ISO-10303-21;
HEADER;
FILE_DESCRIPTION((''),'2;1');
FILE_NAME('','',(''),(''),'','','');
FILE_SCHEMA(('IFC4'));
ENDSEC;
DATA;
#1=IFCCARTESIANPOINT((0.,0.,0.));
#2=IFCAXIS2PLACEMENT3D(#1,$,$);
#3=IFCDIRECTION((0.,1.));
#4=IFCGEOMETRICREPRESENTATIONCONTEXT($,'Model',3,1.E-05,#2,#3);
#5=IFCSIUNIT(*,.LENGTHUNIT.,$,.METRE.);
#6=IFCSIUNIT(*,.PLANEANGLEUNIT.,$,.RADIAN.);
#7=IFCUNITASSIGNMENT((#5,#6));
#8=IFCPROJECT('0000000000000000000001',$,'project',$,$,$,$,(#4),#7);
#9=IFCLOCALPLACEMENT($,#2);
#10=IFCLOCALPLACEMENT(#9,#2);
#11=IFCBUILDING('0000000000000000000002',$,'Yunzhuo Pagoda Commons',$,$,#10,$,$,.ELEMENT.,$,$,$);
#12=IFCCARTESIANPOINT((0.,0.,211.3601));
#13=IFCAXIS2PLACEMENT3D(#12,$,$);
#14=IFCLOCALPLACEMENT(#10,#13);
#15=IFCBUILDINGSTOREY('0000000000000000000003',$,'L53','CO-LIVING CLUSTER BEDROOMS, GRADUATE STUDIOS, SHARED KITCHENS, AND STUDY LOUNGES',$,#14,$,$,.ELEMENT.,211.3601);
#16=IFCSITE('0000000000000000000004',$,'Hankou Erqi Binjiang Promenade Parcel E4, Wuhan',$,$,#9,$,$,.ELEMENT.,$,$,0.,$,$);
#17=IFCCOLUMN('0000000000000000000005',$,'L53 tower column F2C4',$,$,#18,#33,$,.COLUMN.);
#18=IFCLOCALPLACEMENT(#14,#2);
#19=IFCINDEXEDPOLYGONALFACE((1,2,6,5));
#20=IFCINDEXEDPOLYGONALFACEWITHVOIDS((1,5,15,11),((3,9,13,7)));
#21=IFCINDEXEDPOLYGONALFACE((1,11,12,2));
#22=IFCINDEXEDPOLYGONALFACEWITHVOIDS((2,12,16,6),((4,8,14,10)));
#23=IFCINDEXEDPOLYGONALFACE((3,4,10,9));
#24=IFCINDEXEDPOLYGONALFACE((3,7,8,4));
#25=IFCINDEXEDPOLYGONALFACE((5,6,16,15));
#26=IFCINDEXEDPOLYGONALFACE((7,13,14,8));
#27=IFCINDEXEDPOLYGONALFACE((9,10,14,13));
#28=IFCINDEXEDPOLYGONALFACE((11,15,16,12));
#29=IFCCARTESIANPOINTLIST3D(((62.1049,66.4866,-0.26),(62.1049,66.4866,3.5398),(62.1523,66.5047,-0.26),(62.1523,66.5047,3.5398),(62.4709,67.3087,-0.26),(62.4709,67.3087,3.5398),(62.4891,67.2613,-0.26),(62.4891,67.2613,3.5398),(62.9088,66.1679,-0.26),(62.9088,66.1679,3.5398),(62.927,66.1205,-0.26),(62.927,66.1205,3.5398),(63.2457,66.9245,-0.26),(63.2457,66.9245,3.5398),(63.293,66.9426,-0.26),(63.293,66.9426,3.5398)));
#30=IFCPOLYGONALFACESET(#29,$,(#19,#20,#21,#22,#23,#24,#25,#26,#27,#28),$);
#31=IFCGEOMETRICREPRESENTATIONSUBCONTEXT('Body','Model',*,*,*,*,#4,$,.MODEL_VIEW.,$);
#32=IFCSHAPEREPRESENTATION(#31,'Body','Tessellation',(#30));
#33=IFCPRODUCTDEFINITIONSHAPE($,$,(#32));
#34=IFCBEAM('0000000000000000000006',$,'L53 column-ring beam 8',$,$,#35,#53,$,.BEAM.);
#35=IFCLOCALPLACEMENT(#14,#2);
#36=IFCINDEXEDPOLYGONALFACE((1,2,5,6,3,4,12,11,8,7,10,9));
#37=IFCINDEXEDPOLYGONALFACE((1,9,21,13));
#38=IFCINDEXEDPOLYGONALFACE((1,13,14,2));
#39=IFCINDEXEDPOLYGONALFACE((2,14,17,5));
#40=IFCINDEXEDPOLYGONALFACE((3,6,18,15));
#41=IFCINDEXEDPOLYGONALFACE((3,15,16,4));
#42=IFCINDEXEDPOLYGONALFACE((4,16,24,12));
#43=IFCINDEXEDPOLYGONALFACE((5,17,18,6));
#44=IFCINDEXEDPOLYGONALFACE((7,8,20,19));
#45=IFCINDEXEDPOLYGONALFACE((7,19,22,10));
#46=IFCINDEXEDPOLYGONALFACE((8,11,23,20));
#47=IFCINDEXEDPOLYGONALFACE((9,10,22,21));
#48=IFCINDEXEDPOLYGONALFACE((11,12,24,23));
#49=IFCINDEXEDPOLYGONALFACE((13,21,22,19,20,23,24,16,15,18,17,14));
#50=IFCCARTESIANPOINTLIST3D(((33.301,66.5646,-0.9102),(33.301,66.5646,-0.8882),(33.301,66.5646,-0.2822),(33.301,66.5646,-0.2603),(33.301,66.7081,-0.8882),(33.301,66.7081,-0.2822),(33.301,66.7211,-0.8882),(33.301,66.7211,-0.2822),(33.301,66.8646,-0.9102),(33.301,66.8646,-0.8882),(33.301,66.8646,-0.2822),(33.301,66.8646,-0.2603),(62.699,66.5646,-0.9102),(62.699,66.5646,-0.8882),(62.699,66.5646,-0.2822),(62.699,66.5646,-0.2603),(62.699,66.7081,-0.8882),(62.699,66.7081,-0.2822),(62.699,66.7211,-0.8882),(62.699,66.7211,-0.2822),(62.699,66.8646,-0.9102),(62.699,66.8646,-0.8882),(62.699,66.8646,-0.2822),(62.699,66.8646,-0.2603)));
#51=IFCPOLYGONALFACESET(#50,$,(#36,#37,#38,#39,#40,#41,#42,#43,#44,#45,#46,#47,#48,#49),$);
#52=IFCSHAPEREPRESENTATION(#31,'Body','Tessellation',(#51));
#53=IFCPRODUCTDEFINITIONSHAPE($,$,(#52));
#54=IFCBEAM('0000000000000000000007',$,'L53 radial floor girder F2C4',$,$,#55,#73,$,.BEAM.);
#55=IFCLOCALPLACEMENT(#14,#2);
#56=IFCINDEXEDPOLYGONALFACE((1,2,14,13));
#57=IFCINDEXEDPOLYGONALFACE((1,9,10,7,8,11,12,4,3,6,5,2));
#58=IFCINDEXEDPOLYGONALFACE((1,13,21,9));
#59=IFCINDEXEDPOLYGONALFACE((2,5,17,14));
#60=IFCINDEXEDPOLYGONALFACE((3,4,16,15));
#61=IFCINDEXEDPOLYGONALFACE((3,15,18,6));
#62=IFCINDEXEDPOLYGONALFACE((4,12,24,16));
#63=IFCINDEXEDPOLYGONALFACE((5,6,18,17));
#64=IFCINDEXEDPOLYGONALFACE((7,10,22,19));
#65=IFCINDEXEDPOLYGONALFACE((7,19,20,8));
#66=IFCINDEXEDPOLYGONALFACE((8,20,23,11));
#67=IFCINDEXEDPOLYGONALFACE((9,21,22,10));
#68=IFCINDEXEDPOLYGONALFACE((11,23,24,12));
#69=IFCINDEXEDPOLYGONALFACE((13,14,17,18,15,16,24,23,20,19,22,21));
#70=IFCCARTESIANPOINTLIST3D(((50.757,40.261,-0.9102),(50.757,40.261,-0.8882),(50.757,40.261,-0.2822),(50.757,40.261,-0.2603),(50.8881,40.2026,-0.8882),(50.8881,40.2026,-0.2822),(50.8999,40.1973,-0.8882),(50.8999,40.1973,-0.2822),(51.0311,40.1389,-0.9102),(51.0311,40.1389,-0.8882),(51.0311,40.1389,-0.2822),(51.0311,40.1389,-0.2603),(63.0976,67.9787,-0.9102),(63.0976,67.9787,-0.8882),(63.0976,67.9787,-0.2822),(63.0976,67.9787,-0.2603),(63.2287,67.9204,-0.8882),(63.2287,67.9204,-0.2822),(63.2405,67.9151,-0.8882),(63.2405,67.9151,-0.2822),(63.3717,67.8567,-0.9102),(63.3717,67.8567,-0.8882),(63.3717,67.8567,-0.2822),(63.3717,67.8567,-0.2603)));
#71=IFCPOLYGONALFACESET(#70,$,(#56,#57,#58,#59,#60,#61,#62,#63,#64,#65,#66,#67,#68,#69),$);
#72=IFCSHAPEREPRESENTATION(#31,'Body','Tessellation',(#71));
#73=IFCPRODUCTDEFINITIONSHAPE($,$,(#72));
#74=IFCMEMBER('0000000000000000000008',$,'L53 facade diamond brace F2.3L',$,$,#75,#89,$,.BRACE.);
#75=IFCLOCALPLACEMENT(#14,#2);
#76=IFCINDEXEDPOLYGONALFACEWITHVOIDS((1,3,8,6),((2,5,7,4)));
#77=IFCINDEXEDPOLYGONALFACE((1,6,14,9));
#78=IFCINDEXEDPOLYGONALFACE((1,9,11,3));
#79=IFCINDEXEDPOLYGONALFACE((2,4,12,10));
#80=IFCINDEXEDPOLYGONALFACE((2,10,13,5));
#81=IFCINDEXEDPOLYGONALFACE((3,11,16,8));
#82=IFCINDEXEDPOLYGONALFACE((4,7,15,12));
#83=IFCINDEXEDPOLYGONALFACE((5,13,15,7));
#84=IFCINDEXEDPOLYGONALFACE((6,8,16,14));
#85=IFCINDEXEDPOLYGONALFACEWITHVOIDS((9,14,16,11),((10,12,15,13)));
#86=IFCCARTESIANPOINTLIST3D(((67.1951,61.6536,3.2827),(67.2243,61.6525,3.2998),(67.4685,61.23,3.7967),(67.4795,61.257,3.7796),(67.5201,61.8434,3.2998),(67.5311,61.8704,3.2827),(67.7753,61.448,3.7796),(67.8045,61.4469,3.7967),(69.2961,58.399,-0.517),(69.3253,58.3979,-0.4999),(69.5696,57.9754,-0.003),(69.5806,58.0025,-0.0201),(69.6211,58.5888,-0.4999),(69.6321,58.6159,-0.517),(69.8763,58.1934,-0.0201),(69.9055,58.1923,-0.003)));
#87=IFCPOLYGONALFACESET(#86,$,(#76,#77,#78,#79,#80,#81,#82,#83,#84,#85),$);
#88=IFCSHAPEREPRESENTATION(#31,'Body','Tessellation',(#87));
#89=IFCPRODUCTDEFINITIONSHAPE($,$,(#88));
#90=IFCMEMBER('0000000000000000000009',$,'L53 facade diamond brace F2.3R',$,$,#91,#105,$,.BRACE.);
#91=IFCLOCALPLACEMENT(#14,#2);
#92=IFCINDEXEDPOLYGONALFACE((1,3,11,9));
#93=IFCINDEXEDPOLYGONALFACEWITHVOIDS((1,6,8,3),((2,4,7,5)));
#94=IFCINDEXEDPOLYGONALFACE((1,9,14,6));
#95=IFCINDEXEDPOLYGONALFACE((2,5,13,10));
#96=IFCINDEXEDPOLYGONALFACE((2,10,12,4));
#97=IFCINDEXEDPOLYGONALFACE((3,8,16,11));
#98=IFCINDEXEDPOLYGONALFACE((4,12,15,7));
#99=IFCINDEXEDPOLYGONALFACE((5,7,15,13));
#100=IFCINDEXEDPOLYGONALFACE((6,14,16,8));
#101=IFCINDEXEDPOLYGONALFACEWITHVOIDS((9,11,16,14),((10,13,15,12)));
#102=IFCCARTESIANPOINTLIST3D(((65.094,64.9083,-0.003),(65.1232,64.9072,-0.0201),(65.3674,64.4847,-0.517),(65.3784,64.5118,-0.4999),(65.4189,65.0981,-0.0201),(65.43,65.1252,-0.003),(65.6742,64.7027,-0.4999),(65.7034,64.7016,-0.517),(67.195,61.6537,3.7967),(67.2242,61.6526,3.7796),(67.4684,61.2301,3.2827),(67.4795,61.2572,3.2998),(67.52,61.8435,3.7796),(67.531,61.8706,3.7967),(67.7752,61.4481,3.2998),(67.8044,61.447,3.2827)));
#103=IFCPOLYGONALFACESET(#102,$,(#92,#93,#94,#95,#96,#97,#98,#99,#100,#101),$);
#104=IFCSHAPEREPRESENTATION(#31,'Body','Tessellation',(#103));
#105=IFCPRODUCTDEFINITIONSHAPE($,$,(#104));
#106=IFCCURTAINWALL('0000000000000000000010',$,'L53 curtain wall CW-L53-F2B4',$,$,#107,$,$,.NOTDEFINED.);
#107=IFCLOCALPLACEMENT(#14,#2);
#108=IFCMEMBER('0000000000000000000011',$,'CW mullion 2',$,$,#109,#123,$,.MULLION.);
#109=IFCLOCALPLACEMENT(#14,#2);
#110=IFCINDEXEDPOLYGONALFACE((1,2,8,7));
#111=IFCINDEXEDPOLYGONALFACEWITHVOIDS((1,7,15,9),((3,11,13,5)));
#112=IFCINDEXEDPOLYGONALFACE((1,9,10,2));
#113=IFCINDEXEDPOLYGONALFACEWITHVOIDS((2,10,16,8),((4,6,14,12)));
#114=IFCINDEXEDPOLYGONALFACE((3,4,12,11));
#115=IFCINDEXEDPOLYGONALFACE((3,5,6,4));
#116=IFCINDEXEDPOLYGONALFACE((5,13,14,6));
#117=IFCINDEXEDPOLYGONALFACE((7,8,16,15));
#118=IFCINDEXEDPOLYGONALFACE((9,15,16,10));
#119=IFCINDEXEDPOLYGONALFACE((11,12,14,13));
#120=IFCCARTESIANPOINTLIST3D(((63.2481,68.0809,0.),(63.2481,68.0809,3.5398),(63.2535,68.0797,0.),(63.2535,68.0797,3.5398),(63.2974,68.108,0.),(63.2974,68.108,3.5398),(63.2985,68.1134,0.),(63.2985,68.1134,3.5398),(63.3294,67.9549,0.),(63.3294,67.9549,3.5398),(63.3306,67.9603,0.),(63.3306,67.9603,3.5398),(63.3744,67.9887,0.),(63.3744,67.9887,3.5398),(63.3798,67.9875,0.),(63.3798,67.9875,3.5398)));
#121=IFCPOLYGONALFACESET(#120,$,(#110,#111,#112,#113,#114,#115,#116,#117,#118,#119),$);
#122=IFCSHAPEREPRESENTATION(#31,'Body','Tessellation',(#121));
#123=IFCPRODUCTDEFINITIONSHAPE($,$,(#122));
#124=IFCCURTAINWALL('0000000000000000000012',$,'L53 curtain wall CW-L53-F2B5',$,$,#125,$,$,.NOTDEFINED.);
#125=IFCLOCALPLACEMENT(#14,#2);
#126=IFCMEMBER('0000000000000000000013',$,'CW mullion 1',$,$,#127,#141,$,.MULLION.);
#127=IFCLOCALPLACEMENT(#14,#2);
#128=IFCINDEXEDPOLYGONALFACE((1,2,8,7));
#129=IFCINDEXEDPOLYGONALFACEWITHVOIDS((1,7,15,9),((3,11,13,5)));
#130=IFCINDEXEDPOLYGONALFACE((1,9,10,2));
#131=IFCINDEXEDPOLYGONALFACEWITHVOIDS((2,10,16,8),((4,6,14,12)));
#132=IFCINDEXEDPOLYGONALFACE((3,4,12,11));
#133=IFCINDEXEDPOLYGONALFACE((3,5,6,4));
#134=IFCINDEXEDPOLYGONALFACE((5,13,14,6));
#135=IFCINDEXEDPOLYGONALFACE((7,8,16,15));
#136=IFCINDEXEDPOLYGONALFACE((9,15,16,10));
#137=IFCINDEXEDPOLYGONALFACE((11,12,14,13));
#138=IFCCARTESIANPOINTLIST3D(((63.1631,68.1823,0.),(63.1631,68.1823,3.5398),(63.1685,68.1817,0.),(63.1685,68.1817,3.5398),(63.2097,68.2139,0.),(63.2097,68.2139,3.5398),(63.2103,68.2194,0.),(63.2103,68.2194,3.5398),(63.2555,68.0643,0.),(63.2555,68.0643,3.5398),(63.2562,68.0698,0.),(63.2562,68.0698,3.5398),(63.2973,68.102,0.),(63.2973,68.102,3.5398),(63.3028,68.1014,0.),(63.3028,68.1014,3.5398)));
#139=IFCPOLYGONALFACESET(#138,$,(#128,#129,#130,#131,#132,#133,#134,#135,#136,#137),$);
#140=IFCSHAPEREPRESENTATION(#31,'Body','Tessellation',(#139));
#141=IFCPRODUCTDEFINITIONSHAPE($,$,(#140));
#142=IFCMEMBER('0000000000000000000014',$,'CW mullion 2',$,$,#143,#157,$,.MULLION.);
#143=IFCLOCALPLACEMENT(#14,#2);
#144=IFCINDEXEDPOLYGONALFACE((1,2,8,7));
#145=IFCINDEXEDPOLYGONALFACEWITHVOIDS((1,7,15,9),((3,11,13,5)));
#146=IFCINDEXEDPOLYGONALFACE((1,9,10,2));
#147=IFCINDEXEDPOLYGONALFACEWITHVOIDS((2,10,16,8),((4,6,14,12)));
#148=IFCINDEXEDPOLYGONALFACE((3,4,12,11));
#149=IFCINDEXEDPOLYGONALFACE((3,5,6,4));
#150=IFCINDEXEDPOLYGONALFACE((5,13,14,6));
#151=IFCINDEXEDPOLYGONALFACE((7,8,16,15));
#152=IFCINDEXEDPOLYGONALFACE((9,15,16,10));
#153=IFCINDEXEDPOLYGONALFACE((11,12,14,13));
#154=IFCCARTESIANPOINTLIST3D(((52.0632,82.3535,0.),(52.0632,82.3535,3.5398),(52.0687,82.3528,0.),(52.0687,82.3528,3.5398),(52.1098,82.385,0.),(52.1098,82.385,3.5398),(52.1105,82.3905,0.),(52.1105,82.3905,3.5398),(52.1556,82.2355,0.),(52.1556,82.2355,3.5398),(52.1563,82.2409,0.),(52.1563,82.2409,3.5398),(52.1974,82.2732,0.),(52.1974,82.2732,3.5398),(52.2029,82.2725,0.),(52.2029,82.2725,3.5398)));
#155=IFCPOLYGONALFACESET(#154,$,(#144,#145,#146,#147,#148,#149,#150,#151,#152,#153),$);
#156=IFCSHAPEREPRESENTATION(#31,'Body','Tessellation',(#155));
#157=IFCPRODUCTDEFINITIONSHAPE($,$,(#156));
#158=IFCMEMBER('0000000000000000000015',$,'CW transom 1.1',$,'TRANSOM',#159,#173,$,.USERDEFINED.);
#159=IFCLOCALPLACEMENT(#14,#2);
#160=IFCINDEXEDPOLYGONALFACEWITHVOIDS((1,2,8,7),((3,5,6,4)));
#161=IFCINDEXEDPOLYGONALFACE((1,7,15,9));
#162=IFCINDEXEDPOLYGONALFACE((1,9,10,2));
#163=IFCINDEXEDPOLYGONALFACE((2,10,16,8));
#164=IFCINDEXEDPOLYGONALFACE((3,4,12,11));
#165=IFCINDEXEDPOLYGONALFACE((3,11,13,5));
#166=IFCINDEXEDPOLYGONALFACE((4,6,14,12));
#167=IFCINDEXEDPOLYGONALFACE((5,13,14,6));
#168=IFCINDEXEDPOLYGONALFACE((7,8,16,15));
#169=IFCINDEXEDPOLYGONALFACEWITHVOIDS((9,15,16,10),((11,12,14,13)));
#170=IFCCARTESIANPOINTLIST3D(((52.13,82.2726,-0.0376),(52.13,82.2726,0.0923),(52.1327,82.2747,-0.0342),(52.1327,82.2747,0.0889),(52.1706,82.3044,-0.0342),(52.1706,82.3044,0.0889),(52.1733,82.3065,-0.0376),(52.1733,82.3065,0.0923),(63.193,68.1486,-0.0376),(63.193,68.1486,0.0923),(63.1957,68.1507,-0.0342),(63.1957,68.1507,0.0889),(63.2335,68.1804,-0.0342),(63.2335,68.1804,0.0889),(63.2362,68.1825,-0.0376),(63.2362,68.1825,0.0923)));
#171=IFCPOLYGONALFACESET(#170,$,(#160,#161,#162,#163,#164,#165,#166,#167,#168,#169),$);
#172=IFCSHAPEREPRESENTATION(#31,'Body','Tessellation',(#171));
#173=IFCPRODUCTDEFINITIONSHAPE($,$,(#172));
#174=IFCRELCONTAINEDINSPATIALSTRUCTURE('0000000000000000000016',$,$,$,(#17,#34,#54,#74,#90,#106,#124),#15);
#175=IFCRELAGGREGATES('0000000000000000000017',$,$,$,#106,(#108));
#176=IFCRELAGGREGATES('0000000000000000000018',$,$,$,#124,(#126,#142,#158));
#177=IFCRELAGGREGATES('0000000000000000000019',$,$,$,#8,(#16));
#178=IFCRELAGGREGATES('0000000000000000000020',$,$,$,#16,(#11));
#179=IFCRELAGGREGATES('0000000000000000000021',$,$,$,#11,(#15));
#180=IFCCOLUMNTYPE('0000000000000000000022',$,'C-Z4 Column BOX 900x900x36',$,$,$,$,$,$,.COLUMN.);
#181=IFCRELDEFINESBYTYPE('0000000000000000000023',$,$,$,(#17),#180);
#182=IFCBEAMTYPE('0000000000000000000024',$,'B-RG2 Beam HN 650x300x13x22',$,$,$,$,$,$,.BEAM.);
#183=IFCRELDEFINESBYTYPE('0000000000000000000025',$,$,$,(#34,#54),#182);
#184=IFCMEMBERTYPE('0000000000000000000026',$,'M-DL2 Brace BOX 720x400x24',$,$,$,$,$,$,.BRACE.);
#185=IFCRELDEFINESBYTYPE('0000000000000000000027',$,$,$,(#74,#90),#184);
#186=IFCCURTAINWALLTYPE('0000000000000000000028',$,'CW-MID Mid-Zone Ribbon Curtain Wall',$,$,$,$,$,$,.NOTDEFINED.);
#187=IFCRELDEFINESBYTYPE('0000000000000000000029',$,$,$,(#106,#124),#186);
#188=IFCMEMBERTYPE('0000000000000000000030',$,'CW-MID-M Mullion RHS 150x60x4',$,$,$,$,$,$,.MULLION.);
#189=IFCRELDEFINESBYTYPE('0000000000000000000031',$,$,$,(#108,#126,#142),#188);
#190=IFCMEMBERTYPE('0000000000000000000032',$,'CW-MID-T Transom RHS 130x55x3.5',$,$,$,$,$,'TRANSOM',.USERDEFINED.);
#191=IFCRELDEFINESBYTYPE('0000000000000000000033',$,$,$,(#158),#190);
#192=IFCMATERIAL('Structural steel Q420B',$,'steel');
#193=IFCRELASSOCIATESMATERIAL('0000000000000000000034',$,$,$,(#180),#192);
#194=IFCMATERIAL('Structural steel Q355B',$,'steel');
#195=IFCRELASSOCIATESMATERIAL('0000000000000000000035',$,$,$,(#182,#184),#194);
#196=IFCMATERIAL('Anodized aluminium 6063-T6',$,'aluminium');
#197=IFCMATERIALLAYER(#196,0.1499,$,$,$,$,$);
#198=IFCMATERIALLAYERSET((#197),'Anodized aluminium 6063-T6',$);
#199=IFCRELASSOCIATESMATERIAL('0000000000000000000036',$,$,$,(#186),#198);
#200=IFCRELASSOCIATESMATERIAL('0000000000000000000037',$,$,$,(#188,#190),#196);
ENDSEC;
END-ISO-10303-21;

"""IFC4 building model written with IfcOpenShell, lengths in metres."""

from ifc_helpers import new_model, si_unit, direction, frame, origin, origin_2d, place, context, subcontext, project, spatial, hollow_rectangle, i_section, extrude, source, transform, mapped, material, layer, layer_set, material_profile, profile_set, type_object, element, aggregate, save


model = new_model("IFC4")

# Units and contexts
model_context = context("Model", 3, precision=1e-05, world=origin(), true_north=direction((0.0, 1.0)))
body_context = subcontext(model_context, "Body", "Model", "MODEL_VIEW")
ifc_project = project(units=[si_unit("LENGTHUNIT", "METRE"), si_unit("PLANEANGLEUNIT", "RADIAN")], contexts=[model_context])

# Site, building, storey
site_placement = place(None, origin())
site = spatial("IfcSite", under=ifc_project, at=site_placement, Name="Hankou Erqi Binjiang Promenade Parcel E4, Wuhan", CompositionType="ELEMENT", RefElevation=0.0)
building_placement = place(site_placement, origin())
building = spatial("IfcBuilding", under=site, at=building_placement, Name="Yunzhuo Pagoda Commons", CompositionType="ELEMENT")
storey_placement = place(building_placement, frame((0.0, 0.0, 211.3601)))
storey = spatial("IfcBuildingStorey", under=building, at=storey_placement, Name="L53", Description="CO-LIVING CLUSTER BEDROOMS, GRADUATE STUDIOS, SHARED KITCHENS, AND STUDY LOUNGES", CompositionType="ELEMENT", Elevation=211.3601)

# Column
ifc_material_1 = material(Name="Structural steel Q420B", Category="steel")
ifc_material_profile_1 = material_profile(ifc_material_1, hollow_rectangle(XDim=0.8999, YDim=0.8999, WallThickness=0.0359, at=origin_2d()), Name="Structural steel Q420B")
ifc_profile_set_1 = profile_set([ifc_material_profile_1], Name="Structural steel Q420B")
column_type = type_object("IfcColumnType", Name="C-Z4 Column BOX 900x900x36", PredefinedType="COLUMN", material=ifc_profile_set_1)
shared_shape_1 = source(origin(), body_context, "Body", "SweptSolid", [
    extrude(hollow_rectangle(XDim=0.8999, YDim=0.8999, WallThickness=0.0359, at=origin_2d()), origin(), (0.0, 0.0, 1.0), 3.7998),
])
column_placement = place(storey_placement, frame((62.699, 66.7146, -0.26), z_axis=(0.0, 0.0, 1.0), x_axis=(-0.913545, 0.406737, 0.0)))
element("IfcColumn", 1, at=column_placement, inside=storey, type_object=column_type, Name="L53 tower column F2C4", PredefinedType="COLUMN", context=body_context, shape_type="MappedRepresentation", body=[
    mapped(shared_shape_1, transform((0.0, 0.0, 0.0), scale=1.0)),
])

# Beams
ifc_material_2 = material(Name="Structural steel Q355B", Category="steel")
ifc_material_profile_2 = material_profile(ifc_material_2, i_section(OverallWidth=0.3, OverallDepth=0.6499, WebThickness=0.0129, FlangeThickness=0.022, at=origin_2d()), Name="Structural steel Q355B")
ifc_profile_set_2 = profile_set([ifc_material_profile_2], Name="Structural steel Q355B")
beam_type = type_object("IfcBeamType", Name="B-RG2 Beam HN 650x300x13x22", PredefinedType="BEAM", material=ifc_profile_set_2)
shared_shape_2 = source(origin(), body_context, "Body", "SweptSolid", [
    extrude(i_section(OverallWidth=0.3, OverallDepth=0.6499, WebThickness=0.0129, FlangeThickness=0.022, at=origin_2d()), origin(), (0.0, 0.0, 1.0), 29.3979),
])
beam_1_placement = place(storey_placement, frame((62.699, 66.7146, -0.5852), z_axis=(-1.0, 0.0, 0.0), x_axis=(0.0, -1.0, 0.0)))
element("IfcBeam", 2, at=beam_1_placement, inside=storey, type_object=beam_type, Name="L53 column-ring beam 8", PredefinedType="BEAM", context=body_context, shape_type="MappedRepresentation", body=[
    mapped(shared_shape_2, transform((0.0, 0.0, 0.0), scale=1.0)),
])
shared_shape_3 = source(origin(), body_context, "Body", "SweptSolid", [
    extrude(i_section(OverallWidth=0.3, OverallDepth=0.6499, WebThickness=0.0129, FlangeThickness=0.022, at=origin_2d()), origin(), (0.0, 0.0, 1.0), 30.3408),
])
beam_2_placement = place(storey_placement, frame((63.2346, 67.9177, -0.5852), z_axis=(-0.406732, -0.913548, 0.0), x_axis=(0.913548, -0.406732, 0.0)))
element("IfcBeam", 3, at=beam_2_placement, inside=storey, type_object=beam_type, Name="L53 radial floor girder F2C4", PredefinedType="BEAM", context=body_context, shape_type="MappedRepresentation", body=[
    mapped(shared_shape_3, transform((0.0, 0.0, 0.0), scale=1.0)),
])

# Members
ifc_material_profile_3 = material_profile(ifc_material_2, hollow_rectangle(XDim=0.3999, YDim=0.72, WallThickness=0.0239, at=origin_2d()), Name="Structural steel Q355B")
ifc_profile_set_3 = profile_set([ifc_material_profile_3], Name="Structural steel Q355B")
member_type_1 = type_object("IfcMemberType", Name="M-DL2 Brace BOX 720x400x24", PredefinedType="BRACE", material=ifc_profile_set_3)
shared_shape_4 = source(origin(), body_context, "Body", "SweptSolid", [
    extrude(hollow_rectangle(XDim=0.3999, YDim=0.72, WallThickness=0.0239, at=origin_2d()), origin(), (0.0, 0.0, 1.0), 5.4263),
])
for number, where, z_axis, x_axis, name in (
    (4, (69.6008, 58.2957, -0.26), (-0.387196, 0.59978, 0.700245), (-0.840143, -0.542365, 0.0), "L53 facade diamond brace F2.3L"),
    (5, (65.3987, 64.8049, -0.26), (0.387196, -0.59978, 0.700245), (0.840143, 0.542365, 0.0), "L53 facade diamond brace F2.3R"),
):
    element("IfcMember", number, at=place(storey_placement, frame(where, z_axis=z_axis, x_axis=x_axis)), inside=storey, type_object=member_type_1, Name=name, PredefinedType="BRACE", context=body_context, shape_type="MappedRepresentation", body=[
        mapped(shared_shape_4, transform((0.0, 0.0, 0.0), scale=1.0)),
    ])

# Curtain wall, member
ifc_material_3 = material(Name="Anodized aluminium 6063-T6", Category="aluminium")
ifc_layer_1 = layer(ifc_material_3, 0.1499)
ifc_layer_set_1 = layer_set([ifc_layer_1], Name="Anodized aluminium 6063-T6")
curtain_wall_type = type_object("IfcCurtainWallType", Name="CW-MID Mid-Zone Ribbon Curtain Wall", PredefinedType="NOTDEFINED", material=ifc_layer_set_1)
curtain_wall_1_placement = place(storey_placement, origin())
curtain_wall_1 = element("IfcCurtainWall", 6, at=curtain_wall_1_placement, inside=storey, type_object=curtain_wall_type, Name="L53 curtain wall CW-L53-F2B4", PredefinedType="NOTDEFINED")
ifc_material_profile_4 = material_profile(ifc_material_3, hollow_rectangle(XDim=0.0601, YDim=0.1499, WallThickness=0.0039, at=origin_2d()), Name="Anodized aluminium 6063-T6")
ifc_profile_set_4 = profile_set([ifc_material_profile_4], Name="Anodized aluminium 6063-T6")
member_type_2 = type_object("IfcMemberType", Name="CW-MID-M Mullion RHS 150x60x4", PredefinedType="MULLION", material=ifc_profile_set_4)
shared_shape_5 = source(origin(), body_context, "Body", "SweptSolid", [
    extrude(hollow_rectangle(XDim=0.0601, YDim=0.1499, WallThickness=0.0039, at=origin_2d()), origin(), (0.0, 0.0, 1.0), 3.5398),
])
member_1_placement = place(storey_placement, frame((63.314, 68.0342, 0.0), z_axis=(0.0, 0.0, 1.0), x_axis=(-0.840138, -0.542372, 0.0)))
member_1 = element("IfcMember", 7, at=member_1_placement, type_object=member_type_2, Name="CW mullion 2", PredefinedType="MULLION", context=body_context, shape_type="MappedRepresentation", body=[
    mapped(shared_shape_5, transform((0.0, 0.0, 0.0), scale=1.0)),
])

# Curtain wall, members
curtain_wall_2_placement = place(storey_placement, origin())
curtain_wall_2 = element("IfcCurtainWall", 8, at=curtain_wall_2_placement, inside=storey, type_object=curtain_wall_type, Name="L53 curtain wall CW-L53-F2B5", PredefinedType="NOTDEFINED")
member_2_placement = place(storey_placement, frame((63.2329, 68.1418, 0.0), z_axis=(0.0, 0.0, 1.0), x_axis=(-0.78725, -0.616634, 0.0)))
member_2 = element("IfcMember", 9, at=member_2_placement, type_object=member_type_2, Name="CW mullion 1", PredefinedType="MULLION", context=body_context, shape_type="MappedRepresentation", body=[
    mapped(shared_shape_5, transform((0.0, 0.0, 0.0), scale=1.0)),
])
member_3_placement = place(storey_placement, frame((52.1331, 82.313, 0.0), z_axis=(0.0, 0.0, 1.0), x_axis=(-0.78725, -0.616634, 0.0)))
member_3 = element("IfcMember", 10, at=member_3_placement, type_object=member_type_2, Name="CW mullion 2", PredefinedType="MULLION", context=body_context, shape_type="MappedRepresentation", body=[
    mapped(shared_shape_5, transform((0.0, 0.0, 0.0), scale=1.0)),
])
ifc_material_profile_5 = material_profile(ifc_material_3, hollow_rectangle(XDim=0.0549, YDim=0.1299, WallThickness=0.0034, at=origin_2d()), Name="Anodized aluminium 6063-T6")
ifc_profile_set_5 = profile_set([ifc_material_profile_5], Name="Anodized aluminium 6063-T6")
member_type_3 = type_object("IfcMemberType", Name="CW-MID-T Transom RHS 130x55x3.5", ElementType="TRANSOM", PredefinedType="USERDEFINED", material=ifc_profile_set_5)
shared_shape_6 = source(origin(), body_context, "Body", "SweptSolid", [
    extrude(hollow_rectangle(XDim=0.0549, YDim=0.1299, WallThickness=0.0034, at=origin_2d()), origin(), (0.0, 0.0, 1.0), 17.9409),
])
member_4_placement = place(storey_placement, frame((63.2146, 68.1655, 0.0273), z_axis=(-0.616633, 0.787251, 0.0), x_axis=(-0.787251, -0.616633, 0.0)))
member_4 = element("IfcMember", 11, at=member_4_placement, type_object=member_type_3, Name="CW transom 1.1", ObjectType="TRANSOM", PredefinedType="USERDEFINED", context=body_context, shape_type="MappedRepresentation", body=[
    mapped(shared_shape_6, transform((0.0, 0.0, 0.0), scale=1.0)),
])

aggregate(curtain_wall_1, [member_1])
aggregate(curtain_wall_2, [member_2, member_3, member_4])

save(model, "model.ifc")
